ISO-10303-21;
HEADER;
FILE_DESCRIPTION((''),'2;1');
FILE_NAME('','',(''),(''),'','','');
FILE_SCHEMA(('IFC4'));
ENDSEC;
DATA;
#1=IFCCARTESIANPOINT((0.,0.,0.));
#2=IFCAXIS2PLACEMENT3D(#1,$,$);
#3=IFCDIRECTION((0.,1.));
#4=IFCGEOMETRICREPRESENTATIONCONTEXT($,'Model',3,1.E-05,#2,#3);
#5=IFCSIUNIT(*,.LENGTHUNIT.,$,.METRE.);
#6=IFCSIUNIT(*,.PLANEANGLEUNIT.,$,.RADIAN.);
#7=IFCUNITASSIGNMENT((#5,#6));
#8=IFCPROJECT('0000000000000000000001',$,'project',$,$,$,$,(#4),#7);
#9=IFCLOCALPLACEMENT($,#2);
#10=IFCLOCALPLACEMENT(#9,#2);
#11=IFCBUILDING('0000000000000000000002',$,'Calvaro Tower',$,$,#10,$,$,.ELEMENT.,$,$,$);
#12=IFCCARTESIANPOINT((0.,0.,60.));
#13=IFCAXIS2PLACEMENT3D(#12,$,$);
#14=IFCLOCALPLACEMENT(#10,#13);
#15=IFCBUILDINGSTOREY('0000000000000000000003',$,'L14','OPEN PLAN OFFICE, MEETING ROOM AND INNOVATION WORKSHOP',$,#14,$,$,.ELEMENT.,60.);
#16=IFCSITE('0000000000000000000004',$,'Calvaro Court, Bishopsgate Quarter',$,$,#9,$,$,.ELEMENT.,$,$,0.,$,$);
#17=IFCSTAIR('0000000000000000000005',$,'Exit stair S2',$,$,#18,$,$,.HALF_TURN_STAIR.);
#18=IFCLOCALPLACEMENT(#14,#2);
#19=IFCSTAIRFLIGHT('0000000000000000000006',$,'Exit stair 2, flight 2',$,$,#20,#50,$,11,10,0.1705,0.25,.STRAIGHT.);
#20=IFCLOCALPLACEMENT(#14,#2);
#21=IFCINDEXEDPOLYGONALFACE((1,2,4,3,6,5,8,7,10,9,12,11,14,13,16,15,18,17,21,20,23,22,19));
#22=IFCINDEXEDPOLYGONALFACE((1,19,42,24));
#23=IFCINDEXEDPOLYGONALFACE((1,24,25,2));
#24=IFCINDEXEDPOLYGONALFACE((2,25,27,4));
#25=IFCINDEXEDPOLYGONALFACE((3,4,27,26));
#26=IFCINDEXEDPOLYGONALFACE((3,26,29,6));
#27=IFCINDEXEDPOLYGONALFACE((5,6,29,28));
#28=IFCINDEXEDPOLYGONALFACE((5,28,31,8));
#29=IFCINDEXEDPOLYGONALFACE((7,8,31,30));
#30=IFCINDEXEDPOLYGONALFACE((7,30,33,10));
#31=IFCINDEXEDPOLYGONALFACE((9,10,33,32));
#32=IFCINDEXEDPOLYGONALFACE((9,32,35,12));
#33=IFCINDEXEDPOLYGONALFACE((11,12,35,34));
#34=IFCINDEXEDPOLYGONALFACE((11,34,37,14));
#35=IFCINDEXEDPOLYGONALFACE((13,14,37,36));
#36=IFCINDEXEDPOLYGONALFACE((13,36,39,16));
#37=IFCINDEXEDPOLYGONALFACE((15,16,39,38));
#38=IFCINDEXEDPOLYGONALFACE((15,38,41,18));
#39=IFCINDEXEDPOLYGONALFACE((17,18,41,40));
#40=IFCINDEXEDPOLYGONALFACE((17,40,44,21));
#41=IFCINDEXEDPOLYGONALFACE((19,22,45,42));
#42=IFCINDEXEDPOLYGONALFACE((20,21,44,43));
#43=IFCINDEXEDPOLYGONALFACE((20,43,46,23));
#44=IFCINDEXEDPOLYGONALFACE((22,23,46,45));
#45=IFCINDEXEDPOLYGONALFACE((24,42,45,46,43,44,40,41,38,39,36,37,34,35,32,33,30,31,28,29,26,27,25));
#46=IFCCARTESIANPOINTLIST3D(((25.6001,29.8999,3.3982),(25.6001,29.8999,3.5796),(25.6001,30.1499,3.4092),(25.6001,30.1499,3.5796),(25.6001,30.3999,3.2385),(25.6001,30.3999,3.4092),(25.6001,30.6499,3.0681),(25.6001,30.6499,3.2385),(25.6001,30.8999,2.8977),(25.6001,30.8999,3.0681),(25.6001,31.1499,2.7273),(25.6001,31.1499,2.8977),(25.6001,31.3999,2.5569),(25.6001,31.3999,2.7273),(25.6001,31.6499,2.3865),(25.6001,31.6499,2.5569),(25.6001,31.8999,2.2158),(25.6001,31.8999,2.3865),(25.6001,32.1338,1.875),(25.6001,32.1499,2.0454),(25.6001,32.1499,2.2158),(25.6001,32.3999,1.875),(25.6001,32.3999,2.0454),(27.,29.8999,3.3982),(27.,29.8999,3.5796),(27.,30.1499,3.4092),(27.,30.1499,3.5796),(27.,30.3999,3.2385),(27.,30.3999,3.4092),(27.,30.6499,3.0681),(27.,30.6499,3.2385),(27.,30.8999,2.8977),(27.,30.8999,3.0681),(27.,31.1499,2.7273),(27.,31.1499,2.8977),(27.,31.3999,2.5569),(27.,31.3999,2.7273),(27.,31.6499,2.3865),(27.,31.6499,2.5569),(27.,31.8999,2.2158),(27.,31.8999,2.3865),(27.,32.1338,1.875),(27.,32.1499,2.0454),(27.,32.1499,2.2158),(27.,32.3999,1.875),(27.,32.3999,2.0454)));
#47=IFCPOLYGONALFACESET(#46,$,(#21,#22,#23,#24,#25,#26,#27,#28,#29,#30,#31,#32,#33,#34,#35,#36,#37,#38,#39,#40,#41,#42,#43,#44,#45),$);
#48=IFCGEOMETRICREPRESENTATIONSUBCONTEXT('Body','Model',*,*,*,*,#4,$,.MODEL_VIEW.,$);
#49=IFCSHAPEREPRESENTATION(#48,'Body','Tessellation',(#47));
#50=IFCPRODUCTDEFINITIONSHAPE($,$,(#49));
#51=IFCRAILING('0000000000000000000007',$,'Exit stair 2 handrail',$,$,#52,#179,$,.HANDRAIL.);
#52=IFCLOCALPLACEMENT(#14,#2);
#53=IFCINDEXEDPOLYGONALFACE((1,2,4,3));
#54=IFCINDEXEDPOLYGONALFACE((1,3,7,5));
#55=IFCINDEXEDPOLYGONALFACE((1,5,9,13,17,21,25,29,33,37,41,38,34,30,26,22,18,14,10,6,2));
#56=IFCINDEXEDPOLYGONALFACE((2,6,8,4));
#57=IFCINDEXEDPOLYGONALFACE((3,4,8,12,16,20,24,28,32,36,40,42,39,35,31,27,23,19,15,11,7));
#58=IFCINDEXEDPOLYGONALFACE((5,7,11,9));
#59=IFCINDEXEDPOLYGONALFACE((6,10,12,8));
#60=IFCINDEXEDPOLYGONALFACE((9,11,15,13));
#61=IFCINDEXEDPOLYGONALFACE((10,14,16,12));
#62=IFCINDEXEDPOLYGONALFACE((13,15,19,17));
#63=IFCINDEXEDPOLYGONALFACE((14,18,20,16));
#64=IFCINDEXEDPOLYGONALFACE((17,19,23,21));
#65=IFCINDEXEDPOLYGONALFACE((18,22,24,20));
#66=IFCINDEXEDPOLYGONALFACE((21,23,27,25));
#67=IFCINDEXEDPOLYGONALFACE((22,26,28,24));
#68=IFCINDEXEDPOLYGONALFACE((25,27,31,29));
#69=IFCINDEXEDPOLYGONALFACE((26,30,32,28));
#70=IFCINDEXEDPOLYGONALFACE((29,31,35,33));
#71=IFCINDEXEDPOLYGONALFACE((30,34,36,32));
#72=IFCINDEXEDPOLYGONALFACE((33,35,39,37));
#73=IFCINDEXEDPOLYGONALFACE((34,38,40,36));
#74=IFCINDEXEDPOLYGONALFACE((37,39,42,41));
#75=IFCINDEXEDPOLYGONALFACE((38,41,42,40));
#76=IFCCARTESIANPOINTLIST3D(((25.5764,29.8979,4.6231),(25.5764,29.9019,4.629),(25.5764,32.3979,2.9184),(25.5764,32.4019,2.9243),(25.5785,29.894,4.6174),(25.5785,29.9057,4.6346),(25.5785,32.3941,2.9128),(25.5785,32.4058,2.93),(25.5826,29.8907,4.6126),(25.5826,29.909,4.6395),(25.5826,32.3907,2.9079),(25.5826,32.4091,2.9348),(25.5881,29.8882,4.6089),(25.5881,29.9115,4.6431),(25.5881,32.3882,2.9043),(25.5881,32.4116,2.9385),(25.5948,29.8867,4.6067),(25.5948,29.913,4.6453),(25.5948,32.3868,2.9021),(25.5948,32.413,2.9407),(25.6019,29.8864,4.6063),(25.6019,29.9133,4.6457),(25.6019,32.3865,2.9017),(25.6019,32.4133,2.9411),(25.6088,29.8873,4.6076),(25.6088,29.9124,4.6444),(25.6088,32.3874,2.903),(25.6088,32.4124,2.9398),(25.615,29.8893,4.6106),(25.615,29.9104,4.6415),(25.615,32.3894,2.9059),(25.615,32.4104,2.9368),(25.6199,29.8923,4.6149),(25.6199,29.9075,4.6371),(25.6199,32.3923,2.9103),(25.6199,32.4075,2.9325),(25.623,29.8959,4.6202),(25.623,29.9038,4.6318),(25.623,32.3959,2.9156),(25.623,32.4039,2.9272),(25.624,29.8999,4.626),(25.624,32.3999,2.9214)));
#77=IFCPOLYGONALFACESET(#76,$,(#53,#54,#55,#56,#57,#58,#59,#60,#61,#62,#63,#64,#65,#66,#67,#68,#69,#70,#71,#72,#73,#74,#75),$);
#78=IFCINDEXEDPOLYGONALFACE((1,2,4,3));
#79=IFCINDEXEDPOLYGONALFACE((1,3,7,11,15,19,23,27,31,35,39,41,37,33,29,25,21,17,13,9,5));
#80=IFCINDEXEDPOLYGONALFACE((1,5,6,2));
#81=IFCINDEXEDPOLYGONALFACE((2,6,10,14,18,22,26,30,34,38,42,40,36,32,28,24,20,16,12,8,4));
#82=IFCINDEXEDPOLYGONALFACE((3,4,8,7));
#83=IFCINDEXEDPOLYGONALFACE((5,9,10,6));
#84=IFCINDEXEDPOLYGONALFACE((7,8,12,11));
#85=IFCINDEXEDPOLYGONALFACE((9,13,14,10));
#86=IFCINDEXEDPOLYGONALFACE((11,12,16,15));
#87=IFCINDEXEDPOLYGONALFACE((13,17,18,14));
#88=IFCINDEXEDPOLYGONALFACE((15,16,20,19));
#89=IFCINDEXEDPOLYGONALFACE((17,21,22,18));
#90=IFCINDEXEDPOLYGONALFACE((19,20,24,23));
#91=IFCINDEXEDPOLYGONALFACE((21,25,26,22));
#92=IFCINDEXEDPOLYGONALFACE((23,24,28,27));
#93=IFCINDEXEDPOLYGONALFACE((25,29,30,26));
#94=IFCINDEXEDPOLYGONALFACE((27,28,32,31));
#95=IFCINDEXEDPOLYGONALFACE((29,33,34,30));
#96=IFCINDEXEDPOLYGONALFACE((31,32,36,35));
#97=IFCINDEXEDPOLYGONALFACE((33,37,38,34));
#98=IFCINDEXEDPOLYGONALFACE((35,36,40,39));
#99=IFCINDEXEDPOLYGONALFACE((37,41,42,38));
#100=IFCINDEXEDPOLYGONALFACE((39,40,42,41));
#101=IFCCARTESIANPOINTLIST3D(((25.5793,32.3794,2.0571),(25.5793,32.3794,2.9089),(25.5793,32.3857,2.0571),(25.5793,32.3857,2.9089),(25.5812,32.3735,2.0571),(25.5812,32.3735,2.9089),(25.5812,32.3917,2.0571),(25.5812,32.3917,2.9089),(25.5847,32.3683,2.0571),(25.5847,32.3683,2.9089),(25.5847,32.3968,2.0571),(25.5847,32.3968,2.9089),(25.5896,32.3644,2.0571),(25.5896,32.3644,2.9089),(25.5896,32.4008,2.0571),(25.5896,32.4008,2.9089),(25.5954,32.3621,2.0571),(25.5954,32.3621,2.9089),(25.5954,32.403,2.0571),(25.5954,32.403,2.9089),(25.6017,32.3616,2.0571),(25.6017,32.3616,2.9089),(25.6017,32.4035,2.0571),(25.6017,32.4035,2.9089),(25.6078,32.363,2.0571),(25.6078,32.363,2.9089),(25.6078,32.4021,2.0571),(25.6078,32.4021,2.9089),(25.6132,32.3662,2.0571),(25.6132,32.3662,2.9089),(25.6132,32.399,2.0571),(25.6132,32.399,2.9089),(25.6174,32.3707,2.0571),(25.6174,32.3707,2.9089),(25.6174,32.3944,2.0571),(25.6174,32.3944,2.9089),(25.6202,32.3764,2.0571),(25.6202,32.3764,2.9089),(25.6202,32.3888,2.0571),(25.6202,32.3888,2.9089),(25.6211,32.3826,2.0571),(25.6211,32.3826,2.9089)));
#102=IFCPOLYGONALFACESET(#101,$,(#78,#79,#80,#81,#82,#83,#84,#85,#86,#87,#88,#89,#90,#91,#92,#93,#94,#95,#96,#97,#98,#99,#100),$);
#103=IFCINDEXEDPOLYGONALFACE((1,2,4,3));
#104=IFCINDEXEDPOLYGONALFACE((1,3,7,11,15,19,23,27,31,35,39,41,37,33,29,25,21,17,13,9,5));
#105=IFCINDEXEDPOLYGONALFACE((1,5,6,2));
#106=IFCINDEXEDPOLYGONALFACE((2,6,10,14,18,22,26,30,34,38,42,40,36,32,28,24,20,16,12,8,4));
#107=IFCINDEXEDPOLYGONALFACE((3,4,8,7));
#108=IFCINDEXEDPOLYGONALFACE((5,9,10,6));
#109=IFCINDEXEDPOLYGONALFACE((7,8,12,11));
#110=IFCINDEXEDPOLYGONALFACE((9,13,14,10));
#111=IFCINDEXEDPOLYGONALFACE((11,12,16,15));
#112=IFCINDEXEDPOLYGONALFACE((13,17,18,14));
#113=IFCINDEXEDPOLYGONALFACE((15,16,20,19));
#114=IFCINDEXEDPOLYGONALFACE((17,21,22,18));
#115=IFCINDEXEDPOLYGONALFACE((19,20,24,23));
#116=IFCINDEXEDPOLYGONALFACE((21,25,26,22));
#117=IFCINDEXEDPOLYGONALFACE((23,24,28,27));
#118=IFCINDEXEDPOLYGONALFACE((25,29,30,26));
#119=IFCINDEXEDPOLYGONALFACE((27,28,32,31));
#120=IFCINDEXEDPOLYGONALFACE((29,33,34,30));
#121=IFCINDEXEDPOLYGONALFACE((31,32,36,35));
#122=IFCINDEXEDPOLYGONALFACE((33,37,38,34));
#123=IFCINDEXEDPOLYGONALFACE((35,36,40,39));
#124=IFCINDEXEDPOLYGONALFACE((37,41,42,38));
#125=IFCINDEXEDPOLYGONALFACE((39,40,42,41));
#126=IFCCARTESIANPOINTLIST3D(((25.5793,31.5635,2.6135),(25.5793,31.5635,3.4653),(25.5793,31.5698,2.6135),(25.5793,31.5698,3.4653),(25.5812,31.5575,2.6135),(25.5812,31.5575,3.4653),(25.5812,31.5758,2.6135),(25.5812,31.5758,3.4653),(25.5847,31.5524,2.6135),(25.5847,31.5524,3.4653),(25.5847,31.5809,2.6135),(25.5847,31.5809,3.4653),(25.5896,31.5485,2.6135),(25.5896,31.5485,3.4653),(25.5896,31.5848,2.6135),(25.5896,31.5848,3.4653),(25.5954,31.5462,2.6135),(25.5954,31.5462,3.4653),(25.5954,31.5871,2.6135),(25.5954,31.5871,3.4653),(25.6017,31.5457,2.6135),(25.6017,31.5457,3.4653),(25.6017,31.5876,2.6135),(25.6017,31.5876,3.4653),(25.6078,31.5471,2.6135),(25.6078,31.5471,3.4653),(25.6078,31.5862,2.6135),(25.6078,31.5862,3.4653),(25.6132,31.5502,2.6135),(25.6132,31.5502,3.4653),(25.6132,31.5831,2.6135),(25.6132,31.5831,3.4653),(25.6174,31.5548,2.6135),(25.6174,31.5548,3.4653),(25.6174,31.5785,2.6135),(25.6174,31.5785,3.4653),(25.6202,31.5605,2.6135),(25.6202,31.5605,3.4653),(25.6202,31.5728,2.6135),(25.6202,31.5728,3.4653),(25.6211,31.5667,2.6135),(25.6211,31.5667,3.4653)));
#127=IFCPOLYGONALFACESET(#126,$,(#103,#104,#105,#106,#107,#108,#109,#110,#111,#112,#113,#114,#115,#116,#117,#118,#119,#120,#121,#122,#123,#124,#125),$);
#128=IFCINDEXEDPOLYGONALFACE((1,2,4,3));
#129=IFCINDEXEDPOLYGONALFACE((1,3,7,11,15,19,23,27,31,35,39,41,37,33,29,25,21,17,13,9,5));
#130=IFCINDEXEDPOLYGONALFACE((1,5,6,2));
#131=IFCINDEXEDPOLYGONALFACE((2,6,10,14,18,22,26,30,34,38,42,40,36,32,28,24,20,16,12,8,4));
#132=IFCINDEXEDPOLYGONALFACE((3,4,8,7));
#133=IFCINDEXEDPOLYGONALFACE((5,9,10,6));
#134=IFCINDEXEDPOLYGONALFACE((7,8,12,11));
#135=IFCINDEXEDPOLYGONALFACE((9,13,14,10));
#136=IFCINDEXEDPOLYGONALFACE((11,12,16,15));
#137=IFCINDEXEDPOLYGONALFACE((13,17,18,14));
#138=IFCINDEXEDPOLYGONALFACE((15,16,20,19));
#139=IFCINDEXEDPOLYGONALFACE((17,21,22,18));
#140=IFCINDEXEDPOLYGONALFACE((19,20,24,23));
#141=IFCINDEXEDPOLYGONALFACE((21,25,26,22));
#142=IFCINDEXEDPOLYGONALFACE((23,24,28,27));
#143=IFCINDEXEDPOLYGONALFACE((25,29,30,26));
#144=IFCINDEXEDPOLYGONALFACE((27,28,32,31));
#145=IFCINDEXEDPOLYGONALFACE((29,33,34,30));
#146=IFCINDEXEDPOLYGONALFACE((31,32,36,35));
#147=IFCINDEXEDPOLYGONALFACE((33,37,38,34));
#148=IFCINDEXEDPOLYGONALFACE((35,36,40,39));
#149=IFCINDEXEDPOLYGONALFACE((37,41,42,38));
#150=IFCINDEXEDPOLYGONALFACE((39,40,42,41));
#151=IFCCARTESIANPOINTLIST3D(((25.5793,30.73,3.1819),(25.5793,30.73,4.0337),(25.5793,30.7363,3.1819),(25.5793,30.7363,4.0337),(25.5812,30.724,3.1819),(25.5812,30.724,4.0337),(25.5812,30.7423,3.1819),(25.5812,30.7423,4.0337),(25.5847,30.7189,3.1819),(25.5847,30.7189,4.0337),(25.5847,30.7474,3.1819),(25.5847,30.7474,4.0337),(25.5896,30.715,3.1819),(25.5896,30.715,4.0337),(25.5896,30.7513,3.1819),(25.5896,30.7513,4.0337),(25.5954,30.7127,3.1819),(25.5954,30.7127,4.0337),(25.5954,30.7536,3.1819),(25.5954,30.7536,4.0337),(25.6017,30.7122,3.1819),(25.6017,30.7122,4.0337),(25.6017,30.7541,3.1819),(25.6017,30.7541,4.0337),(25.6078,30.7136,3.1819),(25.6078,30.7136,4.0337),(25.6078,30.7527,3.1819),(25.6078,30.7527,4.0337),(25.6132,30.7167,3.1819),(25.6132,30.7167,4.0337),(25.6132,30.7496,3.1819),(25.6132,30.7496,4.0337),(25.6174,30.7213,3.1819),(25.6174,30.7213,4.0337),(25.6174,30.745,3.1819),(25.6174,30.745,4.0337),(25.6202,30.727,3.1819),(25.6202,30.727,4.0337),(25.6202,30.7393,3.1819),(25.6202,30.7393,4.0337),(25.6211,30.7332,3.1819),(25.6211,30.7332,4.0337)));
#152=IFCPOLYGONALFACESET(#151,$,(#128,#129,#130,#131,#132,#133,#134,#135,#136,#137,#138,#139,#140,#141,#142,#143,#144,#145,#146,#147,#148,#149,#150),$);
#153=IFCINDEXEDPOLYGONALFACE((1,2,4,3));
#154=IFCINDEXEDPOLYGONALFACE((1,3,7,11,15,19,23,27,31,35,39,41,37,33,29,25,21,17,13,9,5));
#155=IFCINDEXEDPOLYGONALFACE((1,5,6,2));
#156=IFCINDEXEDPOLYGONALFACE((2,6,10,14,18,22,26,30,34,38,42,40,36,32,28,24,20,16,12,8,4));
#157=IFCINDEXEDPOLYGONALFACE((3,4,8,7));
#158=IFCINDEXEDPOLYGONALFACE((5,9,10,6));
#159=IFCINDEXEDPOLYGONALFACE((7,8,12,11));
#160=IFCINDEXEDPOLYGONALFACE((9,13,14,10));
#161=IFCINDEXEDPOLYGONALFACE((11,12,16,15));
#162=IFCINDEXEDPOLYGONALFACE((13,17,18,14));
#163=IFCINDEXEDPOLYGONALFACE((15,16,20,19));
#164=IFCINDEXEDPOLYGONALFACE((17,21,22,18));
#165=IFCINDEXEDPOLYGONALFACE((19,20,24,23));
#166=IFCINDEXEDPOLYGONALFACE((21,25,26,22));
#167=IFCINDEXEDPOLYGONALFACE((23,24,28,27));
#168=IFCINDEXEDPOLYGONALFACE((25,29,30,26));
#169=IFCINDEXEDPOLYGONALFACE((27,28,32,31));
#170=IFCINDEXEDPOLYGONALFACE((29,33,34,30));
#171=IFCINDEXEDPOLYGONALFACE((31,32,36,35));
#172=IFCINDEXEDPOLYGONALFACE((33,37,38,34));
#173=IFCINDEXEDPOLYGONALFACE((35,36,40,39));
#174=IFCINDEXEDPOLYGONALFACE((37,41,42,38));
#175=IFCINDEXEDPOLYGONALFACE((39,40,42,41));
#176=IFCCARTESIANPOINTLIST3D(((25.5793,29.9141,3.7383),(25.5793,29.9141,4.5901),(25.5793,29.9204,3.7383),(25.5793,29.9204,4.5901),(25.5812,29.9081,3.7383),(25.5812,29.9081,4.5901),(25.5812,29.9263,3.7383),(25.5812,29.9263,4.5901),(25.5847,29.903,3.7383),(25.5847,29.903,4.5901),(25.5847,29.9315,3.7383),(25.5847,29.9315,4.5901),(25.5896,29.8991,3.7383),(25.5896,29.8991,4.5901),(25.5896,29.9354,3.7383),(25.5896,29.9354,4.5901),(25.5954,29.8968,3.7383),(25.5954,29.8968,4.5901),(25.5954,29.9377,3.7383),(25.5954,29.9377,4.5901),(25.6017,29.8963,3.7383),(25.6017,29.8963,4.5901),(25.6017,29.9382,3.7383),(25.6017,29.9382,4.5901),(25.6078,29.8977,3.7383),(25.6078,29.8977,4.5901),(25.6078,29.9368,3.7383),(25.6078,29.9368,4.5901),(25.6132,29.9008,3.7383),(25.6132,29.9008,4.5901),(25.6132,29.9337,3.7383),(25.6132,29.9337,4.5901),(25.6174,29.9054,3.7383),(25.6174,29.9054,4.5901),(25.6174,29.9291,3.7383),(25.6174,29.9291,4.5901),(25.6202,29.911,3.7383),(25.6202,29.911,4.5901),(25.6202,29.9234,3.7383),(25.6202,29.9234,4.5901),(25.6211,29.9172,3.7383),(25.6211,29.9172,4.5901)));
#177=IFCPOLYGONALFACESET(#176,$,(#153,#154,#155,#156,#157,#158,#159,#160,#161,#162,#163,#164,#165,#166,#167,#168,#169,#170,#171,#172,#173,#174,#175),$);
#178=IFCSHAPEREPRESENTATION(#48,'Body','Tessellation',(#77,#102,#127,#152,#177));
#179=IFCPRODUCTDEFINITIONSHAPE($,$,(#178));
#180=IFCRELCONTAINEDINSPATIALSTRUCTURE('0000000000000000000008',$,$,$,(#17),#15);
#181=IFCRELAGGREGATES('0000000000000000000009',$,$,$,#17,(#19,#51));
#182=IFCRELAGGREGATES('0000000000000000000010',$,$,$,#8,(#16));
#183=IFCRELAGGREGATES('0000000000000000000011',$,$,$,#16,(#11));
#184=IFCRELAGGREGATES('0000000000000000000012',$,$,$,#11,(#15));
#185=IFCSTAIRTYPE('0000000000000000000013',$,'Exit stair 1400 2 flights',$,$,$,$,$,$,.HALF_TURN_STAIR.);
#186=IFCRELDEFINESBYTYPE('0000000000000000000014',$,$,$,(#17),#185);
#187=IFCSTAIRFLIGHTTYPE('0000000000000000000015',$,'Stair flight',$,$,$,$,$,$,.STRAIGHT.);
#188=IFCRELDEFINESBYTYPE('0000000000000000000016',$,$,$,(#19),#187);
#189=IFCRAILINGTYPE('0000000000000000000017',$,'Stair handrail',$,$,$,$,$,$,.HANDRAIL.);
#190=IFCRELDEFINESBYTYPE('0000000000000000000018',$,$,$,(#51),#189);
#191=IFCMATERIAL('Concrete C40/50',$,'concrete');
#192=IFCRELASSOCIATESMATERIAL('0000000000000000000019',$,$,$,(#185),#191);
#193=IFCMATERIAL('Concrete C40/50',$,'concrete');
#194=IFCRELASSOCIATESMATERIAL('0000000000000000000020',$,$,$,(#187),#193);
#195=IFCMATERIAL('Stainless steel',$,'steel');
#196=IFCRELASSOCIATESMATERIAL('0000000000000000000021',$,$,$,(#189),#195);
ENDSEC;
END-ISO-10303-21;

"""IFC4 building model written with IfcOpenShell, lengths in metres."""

from ifc_helpers import new_model, si_unit, direction, frame, origin, origin_2d, place, context, subcontext, project, spatial, polyline, circle, outline, extrude, material, type_object, element, aggregate, save


model = new_model("IFC4")

# Units and contexts
model_context = context("Model", 3, precision=1e-05, world=origin(), true_north=direction((0.0, 1.0)))
body_context = subcontext(model_context, "Body", "Model", "MODEL_VIEW")
ifc_project = project(units=[si_unit("LENGTHUNIT", "METRE"), si_unit("PLANEANGLEUNIT", "RADIAN")], contexts=[model_context])

# Site, building, storey
site_placement = place(None, origin())
site = spatial("IfcSite", under=ifc_project, at=site_placement, Name="Calvaro Court, Bishopsgate Quarter", CompositionType="ELEMENT", RefElevation=0.0)
building_placement = place(site_placement, origin())
building = spatial("IfcBuilding", under=site, at=building_placement, Name="Calvaro Tower", CompositionType="ELEMENT")
storey_placement = place(building_placement, frame((0.0, 0.0, 60.0)))
storey = spatial("IfcBuildingStorey", under=building, at=storey_placement, Name="L14", Description="OPEN PLAN OFFICE, MEETING ROOM AND INNOVATION WORKSHOP", CompositionType="ELEMENT", Elevation=60.0)

# Stair, stair flight, railing
ifc_material_1 = material(Name="Concrete C40/50", Category="concrete")
stair_type = type_object("IfcStairType", Name="Exit stair 1400 2 flights", PredefinedType="HALF_TURN_STAIR", material=ifc_material_1)
stair_placement = place(storey_placement, origin())
stair = element("IfcStair", 1, at=stair_placement, inside=storey, type_object=stair_type, Name="Exit stair S2", PredefinedType="HALF_TURN_STAIR")
ifc_material_2 = material(Name="Concrete C40/50", Category="concrete")
stair_flight_type = type_object("IfcStairFlightType", Name="Stair flight", PredefinedType="STRAIGHT", material=ifc_material_2)
stair_flight_1_placement = place(storey_placement, frame((26.3, 32.3999, 1.875), z_axis=(0.0, 0.0, 1.0), x_axis=(0.0, -1.0, 0.0)))
stair_flight_1 = element("IfcStairFlight", 2, at=stair_flight_1_placement, type_object=stair_flight_type, Name="Exit stair 2, flight 2", NumberOfRisers=11, NumberOfTreads=10, PredefinedType="STRAIGHT", RiserHeight=0.1705, TreadLength=0.25, context=body_context, shape_type="SweptSolid", body=[
    extrude(outline(polyline([(0.0, 0.0), (0.0, 0.1704), (0.25, 0.1704), (0.25, 0.3408), (0.5, 0.3408), (0.5, 0.5115), (0.75, 0.5115), (0.75, 0.6819), (1.0, 0.6819), (1.0, 0.8523), (1.25, 0.8523), (1.25, 1.0227), (1.5, 1.0227), (1.5, 1.1931), (1.75, 1.1931), (1.75, 1.3635), (2.0, 1.3635), (2.0, 1.5342), (2.25, 1.5342), (2.25, 1.7046), (2.5, 1.7046), (2.5, 1.875), (2.5, 1.5232), (0.2661, 0.0), (0.0, 0.0)])), frame((0.0, 0.7, 0.0), z_axis=(0.0, -1.0, 0.0), x_axis=(1.0, 0.0, 0.0)), (0.0, 0.0, 1.0), 1.3999),
])
ifc_material_3 = material(Name="Stainless steel", Category="steel")
railing_type = type_object("IfcRailingType", Name="Stair handrail", PredefinedType="HANDRAIL", material=ifc_material_3)
railing_1_placement = place(storey_placement, frame((25.6001, 32.3999, 2.0454)))
railing_1 = element("IfcRailing", 3, at=railing_1_placement, type_object=railing_type, Name="Exit stair 2 handrail", PredefinedType="HANDRAIL", context=body_context, shape_type="SweptSolid", body=[
    extrude(circle(Radius=0.0239, at=origin_2d()), frame((0.0, 0.0, 0.876), z_axis=(0.0, -0.826221, 0.563347), x_axis=(1.0, 0.0, 0.0)), (0.0, 0.0, 1.0), 3.0259),
    extrude(circle(Radius=0.021, at=origin_2d()), frame((0.0, -0.0173, 0.0117)), (0.0, 0.0, 1.0), 0.8518),
    extrude(circle(Radius=0.021, at=origin_2d()), frame((0.0, -0.8333, 0.5681)), (0.0, 0.0, 1.0), 0.8518),
    extrude(circle(Radius=0.021, at=origin_2d()), frame((0.0, -1.6667, 1.1365)), (0.0, 0.0, 1.0), 0.8518),
    extrude(circle(Radius=0.021, at=origin_2d()), frame((0.0, -2.4827, 1.6929)), (0.0, 0.0, 1.0), 0.8518),
])
aggregate(stair, [stair_flight_1, railing_1])

save(model, "model.ifc")
